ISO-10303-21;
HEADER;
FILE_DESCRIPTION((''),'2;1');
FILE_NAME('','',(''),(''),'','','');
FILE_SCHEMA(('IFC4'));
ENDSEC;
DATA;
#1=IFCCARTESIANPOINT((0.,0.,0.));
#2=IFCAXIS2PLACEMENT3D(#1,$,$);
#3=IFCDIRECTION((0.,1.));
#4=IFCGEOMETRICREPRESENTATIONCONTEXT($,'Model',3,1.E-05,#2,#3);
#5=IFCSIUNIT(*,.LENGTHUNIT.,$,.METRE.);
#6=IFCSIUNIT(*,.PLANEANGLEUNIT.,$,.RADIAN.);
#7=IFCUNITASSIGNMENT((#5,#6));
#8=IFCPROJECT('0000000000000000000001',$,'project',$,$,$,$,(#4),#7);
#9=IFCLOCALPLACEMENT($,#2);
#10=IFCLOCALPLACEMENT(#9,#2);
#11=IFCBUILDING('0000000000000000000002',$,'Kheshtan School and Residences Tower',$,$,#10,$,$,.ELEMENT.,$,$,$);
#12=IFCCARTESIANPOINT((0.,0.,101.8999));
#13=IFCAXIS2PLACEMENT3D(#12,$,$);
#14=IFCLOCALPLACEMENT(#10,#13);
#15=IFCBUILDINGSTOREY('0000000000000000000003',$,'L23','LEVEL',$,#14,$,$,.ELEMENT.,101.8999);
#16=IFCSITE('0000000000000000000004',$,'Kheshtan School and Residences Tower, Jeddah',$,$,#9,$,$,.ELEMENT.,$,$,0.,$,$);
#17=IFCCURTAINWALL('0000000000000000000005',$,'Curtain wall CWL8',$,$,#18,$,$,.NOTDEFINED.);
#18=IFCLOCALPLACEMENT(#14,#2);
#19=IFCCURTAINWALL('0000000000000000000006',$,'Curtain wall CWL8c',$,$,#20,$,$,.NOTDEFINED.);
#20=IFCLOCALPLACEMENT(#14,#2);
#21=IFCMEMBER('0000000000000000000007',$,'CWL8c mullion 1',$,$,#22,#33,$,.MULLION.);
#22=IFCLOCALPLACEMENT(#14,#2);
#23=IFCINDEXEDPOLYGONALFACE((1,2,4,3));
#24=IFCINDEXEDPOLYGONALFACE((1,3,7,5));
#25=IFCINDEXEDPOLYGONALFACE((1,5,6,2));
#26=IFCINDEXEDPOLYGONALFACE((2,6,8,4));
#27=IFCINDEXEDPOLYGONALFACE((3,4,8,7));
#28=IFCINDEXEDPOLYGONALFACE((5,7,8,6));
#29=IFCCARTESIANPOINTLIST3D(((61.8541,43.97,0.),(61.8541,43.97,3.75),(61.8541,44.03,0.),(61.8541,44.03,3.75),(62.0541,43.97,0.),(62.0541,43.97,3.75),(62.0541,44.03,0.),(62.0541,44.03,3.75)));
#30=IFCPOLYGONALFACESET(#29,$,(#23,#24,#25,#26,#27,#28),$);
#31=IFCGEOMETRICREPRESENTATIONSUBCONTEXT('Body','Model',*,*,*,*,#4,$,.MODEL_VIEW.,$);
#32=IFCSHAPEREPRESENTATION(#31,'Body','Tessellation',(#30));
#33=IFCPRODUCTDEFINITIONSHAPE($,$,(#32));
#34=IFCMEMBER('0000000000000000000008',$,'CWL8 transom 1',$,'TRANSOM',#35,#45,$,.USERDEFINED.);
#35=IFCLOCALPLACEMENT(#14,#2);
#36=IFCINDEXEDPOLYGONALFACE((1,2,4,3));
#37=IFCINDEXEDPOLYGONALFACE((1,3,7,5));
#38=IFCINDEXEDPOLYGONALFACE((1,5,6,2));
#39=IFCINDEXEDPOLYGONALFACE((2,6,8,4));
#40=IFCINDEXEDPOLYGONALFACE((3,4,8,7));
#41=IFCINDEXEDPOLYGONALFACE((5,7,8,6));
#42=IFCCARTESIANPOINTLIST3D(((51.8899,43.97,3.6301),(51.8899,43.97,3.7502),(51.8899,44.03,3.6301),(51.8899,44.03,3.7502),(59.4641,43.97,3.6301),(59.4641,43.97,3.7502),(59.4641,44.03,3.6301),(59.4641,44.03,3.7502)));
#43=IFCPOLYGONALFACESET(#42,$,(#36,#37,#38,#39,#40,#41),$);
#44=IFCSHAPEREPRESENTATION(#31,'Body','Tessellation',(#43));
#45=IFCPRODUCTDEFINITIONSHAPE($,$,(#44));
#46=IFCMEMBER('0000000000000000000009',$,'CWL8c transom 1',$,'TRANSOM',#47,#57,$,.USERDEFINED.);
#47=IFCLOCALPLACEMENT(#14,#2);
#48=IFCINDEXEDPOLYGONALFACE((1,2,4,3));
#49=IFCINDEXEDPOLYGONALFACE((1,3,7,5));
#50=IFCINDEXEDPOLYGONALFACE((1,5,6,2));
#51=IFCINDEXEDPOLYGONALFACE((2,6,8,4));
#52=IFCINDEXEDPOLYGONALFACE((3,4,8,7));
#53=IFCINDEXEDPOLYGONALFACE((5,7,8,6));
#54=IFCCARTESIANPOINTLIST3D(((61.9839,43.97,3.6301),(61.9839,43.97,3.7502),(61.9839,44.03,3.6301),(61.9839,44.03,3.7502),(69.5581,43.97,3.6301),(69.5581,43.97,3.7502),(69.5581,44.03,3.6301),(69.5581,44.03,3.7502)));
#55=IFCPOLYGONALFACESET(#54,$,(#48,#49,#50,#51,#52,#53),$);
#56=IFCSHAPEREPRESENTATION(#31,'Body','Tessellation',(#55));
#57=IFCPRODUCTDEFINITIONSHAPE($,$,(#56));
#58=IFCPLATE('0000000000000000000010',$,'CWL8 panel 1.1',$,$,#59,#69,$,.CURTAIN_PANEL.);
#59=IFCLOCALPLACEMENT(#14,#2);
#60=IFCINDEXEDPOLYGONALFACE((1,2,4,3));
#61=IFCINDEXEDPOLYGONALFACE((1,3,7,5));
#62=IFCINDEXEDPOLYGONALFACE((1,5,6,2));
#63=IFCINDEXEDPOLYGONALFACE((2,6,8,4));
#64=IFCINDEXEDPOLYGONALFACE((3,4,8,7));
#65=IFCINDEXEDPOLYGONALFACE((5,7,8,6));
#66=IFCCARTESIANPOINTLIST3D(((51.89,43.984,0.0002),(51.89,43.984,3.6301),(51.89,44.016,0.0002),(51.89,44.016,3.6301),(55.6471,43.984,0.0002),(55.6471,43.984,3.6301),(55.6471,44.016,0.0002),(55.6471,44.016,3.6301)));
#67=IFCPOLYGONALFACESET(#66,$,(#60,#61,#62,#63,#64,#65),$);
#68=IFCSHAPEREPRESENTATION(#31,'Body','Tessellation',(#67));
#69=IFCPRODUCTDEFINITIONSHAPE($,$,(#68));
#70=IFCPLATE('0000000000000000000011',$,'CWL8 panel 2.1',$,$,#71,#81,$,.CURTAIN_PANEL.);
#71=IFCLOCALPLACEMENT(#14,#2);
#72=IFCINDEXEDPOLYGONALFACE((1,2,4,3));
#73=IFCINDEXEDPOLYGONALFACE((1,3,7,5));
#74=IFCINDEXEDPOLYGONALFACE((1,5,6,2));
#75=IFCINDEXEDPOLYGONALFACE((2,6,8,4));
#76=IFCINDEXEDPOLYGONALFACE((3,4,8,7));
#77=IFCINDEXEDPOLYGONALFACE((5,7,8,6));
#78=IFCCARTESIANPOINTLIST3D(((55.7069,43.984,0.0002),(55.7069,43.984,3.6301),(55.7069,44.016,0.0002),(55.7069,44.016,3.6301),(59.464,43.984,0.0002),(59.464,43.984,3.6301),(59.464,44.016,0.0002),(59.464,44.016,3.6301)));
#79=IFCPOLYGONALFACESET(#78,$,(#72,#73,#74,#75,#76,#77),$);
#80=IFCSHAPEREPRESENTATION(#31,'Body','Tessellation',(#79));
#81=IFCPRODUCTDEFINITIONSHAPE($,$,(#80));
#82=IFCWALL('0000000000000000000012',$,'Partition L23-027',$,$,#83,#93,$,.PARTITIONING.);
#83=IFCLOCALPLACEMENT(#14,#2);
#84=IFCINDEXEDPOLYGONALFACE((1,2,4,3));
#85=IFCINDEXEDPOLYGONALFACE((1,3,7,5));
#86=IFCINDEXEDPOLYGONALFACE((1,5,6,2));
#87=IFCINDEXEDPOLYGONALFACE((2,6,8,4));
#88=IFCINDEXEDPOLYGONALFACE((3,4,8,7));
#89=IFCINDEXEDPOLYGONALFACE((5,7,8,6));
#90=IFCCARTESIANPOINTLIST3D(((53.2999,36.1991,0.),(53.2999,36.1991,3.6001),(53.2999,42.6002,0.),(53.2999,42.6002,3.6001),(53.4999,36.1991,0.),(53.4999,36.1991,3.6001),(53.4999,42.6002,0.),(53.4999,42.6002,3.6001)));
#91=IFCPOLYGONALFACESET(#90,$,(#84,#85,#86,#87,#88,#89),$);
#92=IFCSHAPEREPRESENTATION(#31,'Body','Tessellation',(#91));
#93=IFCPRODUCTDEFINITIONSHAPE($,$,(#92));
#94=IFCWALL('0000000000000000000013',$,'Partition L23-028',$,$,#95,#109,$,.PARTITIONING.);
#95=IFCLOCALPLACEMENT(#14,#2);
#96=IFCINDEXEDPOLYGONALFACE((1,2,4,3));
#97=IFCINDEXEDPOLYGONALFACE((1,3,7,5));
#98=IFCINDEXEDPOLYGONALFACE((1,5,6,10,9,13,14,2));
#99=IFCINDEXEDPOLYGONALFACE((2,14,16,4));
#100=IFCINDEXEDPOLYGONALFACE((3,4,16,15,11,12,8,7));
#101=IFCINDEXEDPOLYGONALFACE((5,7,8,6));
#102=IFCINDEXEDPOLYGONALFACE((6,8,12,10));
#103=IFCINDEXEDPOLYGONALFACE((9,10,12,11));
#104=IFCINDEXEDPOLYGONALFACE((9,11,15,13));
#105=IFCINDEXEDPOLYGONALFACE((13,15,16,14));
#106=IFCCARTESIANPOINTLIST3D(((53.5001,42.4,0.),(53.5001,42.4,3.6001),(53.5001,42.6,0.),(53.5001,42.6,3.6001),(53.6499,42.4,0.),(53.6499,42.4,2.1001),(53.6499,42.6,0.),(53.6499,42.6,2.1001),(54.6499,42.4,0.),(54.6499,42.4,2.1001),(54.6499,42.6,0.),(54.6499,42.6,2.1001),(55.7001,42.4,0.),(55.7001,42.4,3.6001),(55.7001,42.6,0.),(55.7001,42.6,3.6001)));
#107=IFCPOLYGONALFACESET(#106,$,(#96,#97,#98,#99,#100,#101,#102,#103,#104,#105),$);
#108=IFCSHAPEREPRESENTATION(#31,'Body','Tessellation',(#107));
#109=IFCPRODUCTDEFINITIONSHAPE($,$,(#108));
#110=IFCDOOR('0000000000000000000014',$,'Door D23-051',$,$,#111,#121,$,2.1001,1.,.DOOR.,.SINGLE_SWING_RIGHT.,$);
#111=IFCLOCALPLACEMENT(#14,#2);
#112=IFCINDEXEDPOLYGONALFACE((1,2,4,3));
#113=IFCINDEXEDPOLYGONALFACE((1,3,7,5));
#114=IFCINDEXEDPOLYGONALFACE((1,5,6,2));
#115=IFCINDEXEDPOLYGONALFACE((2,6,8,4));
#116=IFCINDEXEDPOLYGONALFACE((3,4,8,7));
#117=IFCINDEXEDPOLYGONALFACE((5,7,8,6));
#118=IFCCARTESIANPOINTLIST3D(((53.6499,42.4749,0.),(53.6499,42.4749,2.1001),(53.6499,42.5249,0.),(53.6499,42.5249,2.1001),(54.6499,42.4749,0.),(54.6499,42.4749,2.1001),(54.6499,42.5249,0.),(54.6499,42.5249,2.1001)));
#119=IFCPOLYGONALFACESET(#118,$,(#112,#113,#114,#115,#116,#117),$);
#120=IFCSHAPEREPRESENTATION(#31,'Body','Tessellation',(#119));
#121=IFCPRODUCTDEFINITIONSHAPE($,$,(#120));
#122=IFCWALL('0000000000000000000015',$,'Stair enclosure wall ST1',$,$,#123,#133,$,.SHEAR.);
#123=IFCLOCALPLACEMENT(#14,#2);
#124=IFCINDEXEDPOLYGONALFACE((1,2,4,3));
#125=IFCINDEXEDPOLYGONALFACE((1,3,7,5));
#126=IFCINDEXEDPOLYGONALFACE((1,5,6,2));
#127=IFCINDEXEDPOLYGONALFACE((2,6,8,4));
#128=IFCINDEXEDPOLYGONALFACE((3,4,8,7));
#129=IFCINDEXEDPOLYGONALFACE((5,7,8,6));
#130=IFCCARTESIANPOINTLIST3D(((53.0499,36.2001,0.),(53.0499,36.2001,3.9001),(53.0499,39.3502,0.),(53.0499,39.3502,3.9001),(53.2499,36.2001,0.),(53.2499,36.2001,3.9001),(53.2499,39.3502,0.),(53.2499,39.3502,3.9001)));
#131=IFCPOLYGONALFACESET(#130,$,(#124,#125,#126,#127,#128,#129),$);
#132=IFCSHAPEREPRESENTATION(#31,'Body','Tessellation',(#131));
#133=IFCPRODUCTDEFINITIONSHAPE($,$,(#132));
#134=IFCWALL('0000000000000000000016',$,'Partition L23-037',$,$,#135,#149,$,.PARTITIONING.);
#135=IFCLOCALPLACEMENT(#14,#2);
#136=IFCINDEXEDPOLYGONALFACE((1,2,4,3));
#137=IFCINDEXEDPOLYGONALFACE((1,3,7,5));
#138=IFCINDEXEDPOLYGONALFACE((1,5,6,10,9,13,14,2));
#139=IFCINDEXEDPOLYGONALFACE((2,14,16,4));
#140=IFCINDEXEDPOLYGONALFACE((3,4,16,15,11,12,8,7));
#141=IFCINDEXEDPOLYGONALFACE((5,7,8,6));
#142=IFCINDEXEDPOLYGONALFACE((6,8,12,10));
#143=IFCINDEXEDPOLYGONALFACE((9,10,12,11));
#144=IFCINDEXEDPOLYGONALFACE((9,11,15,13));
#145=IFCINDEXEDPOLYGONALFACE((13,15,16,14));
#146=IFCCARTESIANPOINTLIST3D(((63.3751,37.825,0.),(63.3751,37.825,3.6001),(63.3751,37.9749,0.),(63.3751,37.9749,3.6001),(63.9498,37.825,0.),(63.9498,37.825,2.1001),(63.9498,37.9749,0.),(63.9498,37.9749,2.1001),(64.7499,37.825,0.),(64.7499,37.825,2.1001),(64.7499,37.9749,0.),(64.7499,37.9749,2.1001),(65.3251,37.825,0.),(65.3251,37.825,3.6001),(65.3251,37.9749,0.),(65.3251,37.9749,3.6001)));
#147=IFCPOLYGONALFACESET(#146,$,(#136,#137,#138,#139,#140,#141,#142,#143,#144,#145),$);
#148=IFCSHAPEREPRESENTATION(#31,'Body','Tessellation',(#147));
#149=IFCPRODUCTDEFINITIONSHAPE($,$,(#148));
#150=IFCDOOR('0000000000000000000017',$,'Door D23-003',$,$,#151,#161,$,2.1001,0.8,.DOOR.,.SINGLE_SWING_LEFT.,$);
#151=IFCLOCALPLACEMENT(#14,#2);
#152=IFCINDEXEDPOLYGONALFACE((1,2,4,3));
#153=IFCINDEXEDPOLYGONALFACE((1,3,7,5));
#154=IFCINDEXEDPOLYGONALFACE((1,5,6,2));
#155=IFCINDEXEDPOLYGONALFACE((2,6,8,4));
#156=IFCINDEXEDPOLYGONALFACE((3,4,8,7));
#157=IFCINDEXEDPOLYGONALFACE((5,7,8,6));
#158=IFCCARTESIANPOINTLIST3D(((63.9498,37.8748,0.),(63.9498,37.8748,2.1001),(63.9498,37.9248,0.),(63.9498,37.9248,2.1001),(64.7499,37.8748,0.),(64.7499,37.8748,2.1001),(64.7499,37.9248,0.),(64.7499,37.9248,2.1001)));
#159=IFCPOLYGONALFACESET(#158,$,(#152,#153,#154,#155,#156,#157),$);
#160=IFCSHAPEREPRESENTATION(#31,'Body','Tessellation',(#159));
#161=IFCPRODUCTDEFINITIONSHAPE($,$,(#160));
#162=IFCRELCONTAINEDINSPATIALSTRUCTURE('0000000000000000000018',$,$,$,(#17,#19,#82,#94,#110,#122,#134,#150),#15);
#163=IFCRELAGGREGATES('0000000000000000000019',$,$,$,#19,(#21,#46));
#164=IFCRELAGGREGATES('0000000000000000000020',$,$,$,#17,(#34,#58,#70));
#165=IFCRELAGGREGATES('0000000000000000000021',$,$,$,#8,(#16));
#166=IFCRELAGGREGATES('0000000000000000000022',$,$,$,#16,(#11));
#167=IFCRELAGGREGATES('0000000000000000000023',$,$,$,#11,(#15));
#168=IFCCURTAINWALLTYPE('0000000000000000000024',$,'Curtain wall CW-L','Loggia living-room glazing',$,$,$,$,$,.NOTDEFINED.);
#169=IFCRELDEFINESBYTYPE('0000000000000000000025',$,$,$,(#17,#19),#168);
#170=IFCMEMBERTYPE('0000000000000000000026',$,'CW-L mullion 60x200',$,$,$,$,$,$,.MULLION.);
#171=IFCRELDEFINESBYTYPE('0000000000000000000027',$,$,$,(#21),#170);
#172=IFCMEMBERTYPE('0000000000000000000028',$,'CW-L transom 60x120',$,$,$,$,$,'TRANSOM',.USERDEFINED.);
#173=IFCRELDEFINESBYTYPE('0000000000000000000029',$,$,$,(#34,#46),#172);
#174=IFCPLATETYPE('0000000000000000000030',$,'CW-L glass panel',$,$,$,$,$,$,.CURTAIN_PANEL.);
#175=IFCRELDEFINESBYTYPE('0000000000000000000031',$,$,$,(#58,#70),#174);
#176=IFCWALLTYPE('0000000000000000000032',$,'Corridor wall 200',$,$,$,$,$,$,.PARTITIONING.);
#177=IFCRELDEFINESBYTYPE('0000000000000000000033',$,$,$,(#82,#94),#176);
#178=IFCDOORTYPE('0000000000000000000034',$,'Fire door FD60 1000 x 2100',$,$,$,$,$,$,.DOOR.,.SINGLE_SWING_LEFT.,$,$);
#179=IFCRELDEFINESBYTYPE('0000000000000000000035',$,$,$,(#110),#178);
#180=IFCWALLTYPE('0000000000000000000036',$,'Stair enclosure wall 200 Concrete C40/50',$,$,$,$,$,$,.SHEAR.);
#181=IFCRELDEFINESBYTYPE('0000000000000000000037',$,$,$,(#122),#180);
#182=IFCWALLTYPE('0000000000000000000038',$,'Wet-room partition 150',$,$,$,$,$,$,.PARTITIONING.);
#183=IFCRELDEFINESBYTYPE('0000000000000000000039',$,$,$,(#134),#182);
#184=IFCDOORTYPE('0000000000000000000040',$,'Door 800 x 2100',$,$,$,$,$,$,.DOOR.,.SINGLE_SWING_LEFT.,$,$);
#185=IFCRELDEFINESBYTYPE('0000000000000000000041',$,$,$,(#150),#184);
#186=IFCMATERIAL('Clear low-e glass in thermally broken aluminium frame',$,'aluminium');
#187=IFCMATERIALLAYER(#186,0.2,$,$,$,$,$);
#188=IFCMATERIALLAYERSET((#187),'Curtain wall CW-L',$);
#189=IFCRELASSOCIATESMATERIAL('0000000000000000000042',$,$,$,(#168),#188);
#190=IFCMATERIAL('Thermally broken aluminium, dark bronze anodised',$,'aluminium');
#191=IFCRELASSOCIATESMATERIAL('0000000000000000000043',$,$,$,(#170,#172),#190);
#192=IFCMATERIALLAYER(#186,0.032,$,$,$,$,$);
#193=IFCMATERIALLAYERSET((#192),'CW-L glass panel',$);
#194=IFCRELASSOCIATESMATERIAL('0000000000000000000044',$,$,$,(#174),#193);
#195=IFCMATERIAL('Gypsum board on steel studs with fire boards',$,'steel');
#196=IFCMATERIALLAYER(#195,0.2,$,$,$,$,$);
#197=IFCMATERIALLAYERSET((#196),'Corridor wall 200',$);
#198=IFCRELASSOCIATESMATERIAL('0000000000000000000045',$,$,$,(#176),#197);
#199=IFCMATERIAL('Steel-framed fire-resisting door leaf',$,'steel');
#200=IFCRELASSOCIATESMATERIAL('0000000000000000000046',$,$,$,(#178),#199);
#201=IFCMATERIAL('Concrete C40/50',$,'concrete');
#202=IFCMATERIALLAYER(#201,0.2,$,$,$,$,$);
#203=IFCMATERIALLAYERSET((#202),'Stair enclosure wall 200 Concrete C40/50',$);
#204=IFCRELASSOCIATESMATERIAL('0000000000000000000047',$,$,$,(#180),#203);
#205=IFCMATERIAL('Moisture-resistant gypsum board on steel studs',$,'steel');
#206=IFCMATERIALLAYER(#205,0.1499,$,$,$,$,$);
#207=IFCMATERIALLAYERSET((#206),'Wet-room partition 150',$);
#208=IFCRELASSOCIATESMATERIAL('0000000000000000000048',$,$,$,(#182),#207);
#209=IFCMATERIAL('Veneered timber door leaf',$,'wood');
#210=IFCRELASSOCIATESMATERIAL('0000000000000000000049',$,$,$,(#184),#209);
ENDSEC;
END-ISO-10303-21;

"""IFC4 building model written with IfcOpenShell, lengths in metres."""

from ifc_helpers import new_model, si_unit, direction, frame, frame_2d, origin, origin_2d, place, context, subcontext, project, spatial, rectangle, extrude, source, transform, mapped, material, layer, layer_set, material_profile, profile_set, type_object, element, fill, aggregate, save


model = new_model("IFC4")

# Units and contexts
model_context = context("Model", 3, precision=1e-05, world=origin(), true_north=direction((0.0, 1.0)))
body_context = subcontext(model_context, "Body", "Model", "MODEL_VIEW")
ifc_project = project(units=[si_unit("LENGTHUNIT", "METRE"), si_unit("PLANEANGLEUNIT", "RADIAN")], contexts=[model_context])

# Site, building, storey
site_placement = place(None, origin())
site = spatial("IfcSite", under=ifc_project, at=site_placement, Name="Kheshtan School and Residences Tower, Jeddah", CompositionType="ELEMENT", RefElevation=0.0)
building_placement = place(site_placement, origin())
building = spatial("IfcBuilding", under=site, at=building_placement, Name="Kheshtan School and Residences Tower", CompositionType="ELEMENT")
storey_placement = place(building_placement, frame((0.0, 0.0, 101.8999)))
storey = spatial("IfcBuildingStorey", under=building, at=storey_placement, Name="L23", Description="LEVEL", CompositionType="ELEMENT", Elevation=101.8999)

# Curtain wall
ifc_material_1 = material(Name="Clear low-e glass in thermally broken aluminium frame", Category="aluminium")
ifc_layer_1 = layer(ifc_material_1, 0.2)
ifc_layer_set_1 = layer_set([ifc_layer_1], Name="Curtain wall CW-L")
curtain_wall_type = type_object("IfcCurtainWallType", Name="Curtain wall CW-L", Description="Loggia living-room glazing", PredefinedType="NOTDEFINED", material=ifc_layer_set_1)
curtain_wall_1_placement = place(storey_placement, origin())
curtain_wall_1 = element("IfcCurtainWall", 1, at=curtain_wall_1_placement, inside=storey, type_object=curtain_wall_type, Name="Curtain wall CWL8", PredefinedType="NOTDEFINED")
ifc_material_2 = material(Name="Thermally broken aluminium, dark bronze anodised", Category="aluminium")
ifc_material_profile_1 = material_profile(ifc_material_2, rectangle(XDim=0.0601, YDim=0.2, at=origin_2d()), Name="CW-L mullion 60x200")
ifc_profile_set_1 = profile_set([ifc_material_profile_1], Name="Thermally broken aluminium, dark bronze anodised")
member_type_1 = type_object("IfcMemberType", Name="CW-L mullion 60x200", PredefinedType="MULLION", material=ifc_profile_set_1)

# Curtain wall, member
curtain_wall_2_placement = place(storey_placement, origin())
curtain_wall_2 = element("IfcCurtainWall", 2, at=curtain_wall_2_placement, inside=storey, type_object=curtain_wall_type, Name="Curtain wall CWL8c", PredefinedType="NOTDEFINED")
member_1_placement = place(storey_placement, frame((61.9541, 44.0, 0.0), z_axis=(0.0, 0.0, 1.0), x_axis=(0.0, 1.0, 0.0)))
member_1 = element("IfcMember", 3, at=member_1_placement, type_object=member_type_1, Name="CWL8c mullion 1", PredefinedType="MULLION", context=body_context, shape_type="SweptSolid", body=[
    extrude(rectangle(XDim=0.0601, YDim=0.2, at=origin_2d()), origin(), (0.0, 0.0, 1.0), 3.75),
])

# Members
ifc_material_profile_2 = material_profile(ifc_material_2, rectangle(XDim=0.0601, YDim=0.1201, at=origin_2d()), Name="CW-L transom 60x120")
ifc_profile_set_2 = profile_set([ifc_material_profile_2], Name="Thermally broken aluminium, dark bronze anodised")
member_type_2 = type_object("IfcMemberType", Name="CW-L transom 60x120", ElementType="TRANSOM", PredefinedType="USERDEFINED", material=ifc_profile_set_2)
member_2_placement = place(storey_placement, frame((51.8899, 44.0, 3.6902), z_axis=(1.0, 0.0, 0.0), x_axis=(0.0, 1.0, 0.0)))
member_2 = element("IfcMember", 4, at=member_2_placement, type_object=member_type_2, Name="CWL8 transom 1", ObjectType="TRANSOM", PredefinedType="USERDEFINED", context=body_context, shape_type="SweptSolid", body=[
    extrude(rectangle(XDim=0.0601, YDim=0.1201, at=origin_2d()), origin(), (0.0, 0.0, 1.0), 7.5742),
])
member_3_placement = place(storey_placement, frame((61.9839, 44.0, 3.6902), z_axis=(1.0, 0.0, 0.0), x_axis=(0.0, 1.0, 0.0)))
member_3 = element("IfcMember", 5, at=member_3_placement, type_object=member_type_2, Name="CWL8c transom 1", ObjectType="TRANSOM", PredefinedType="USERDEFINED", context=body_context, shape_type="SweptSolid", body=[
    extrude(rectangle(XDim=0.0601, YDim=0.1201, at=origin_2d()), origin(), (0.0, 0.0, 1.0), 7.5742),
])
aggregate(curtain_wall_2, [member_1, member_3])

# Plates
ifc_layer_2 = layer(ifc_material_1, 0.032)
ifc_layer_set_2 = layer_set([ifc_layer_2], Name="CW-L glass panel")
plate_type = type_object("IfcPlateType", Name="CW-L glass panel", PredefinedType="CURTAIN_PANEL", material=ifc_layer_set_2)
plate_1_placement = place(storey_placement, frame((53.7686, 44.0, 0.0002), z_axis=(0.0, 0.0, 1.0), x_axis=(1.0, 0.0, 0.0)))
plate_1 = element("IfcPlate", 6, at=plate_1_placement, type_object=plate_type, Name="CWL8 panel 1.1", PredefinedType="CURTAIN_PANEL", context=body_context, shape_type="SweptSolid", body=[
    extrude(rectangle(XDim=3.7571, YDim=0.032, at=origin_2d()), origin(), (0.0, 0.0, 1.0), 3.6299),
])
plate_2_placement = place(storey_placement, frame((57.5854, 44.0, 0.0002), z_axis=(0.0, 0.0, 1.0), x_axis=(1.0, 0.0, 0.0)))
plate_2 = element("IfcPlate", 7, at=plate_2_placement, type_object=plate_type, Name="CWL8 panel 2.1", PredefinedType="CURTAIN_PANEL", context=body_context, shape_type="SweptSolid", body=[
    extrude(rectangle(XDim=3.7571, YDim=0.032, at=origin_2d()), origin(), (0.0, 0.0, 1.0), 3.6299),
])
aggregate(curtain_wall_1, [member_2, plate_1, plate_2])

# Wall
ifc_material_3 = material(Name="Gypsum board on steel studs with fire boards", Category="steel")
ifc_layer_3 = layer(ifc_material_3, 0.2)
ifc_layer_set_3 = layer_set([ifc_layer_3], Name="Corridor wall 200")
wall_type_1 = type_object("IfcWallType", Name="Corridor wall 200", PredefinedType="PARTITIONING", material=ifc_layer_set_3)
wall_1_placement = place(storey_placement, frame((53.3999, 36.199, 0.0), z_axis=(0.0, 0.0, 1.0), x_axis=(0.0, 1.0, 0.0)))
element("IfcWall", 8, at=wall_1_placement, inside=storey, type_object=wall_type_1, Name="Partition L23-027", PredefinedType="PARTITIONING", context=body_context, shape_type="SweptSolid", body=[
    extrude(rectangle(XDim=6.4011, YDim=0.2, at=frame_2d((3.2007, 0.0))), origin(), (0.0, 0.0, 1.0), 3.6001),
])

# Wall, opening, door
wall_2_placement = place(storey_placement, frame((53.5, 42.5, 0.0), z_axis=(0.0, 0.0, 1.0), x_axis=(1.0, 0.0, 0.0)))
wall_2 = element("IfcWall", 9, at=wall_2_placement, inside=storey, type_object=wall_type_1, Name="Partition L23-028", PredefinedType="PARTITIONING", context=body_context, shape_type="SweptSolid", body=[
    extrude(rectangle(XDim=2.2, YDim=0.2, at=frame_2d((1.1001, 0.0))), origin(), (0.0, 0.0, 1.0), 3.6001),
])
opening_1_placement = place(wall_2_placement, frame((0.1499, 0.0, 0.0)))
opening_1 = element("IfcOpeningElement", 10, at=opening_1_placement, cuts=wall_2, PredefinedType="OPENING", context=body_context, shape_type="SweptSolid", body=[
    extrude(rectangle(XDim=1.0, YDim=2.1001, at=frame_2d((0.5, 1.05))), frame((0.0, 0.1099, 0.0), z_axis=(0.0, -1.0, 0.0), x_axis=(1.0, 0.0, 0.0)), (0.0, 0.0, 1.0), 0.22),
])
ifc_material_4 = material(Name="Steel-framed fire-resisting door leaf", Category="steel")
door_type_1 = type_object("IfcDoorType", Name="Fire door FD60 1000 x 2100", OperationType="SINGLE_SWING_LEFT", PredefinedType="DOOR", material=ifc_material_4)
shared_shape_1 = source(origin(), body_context, "Body", "SweptSolid", [
    extrude(rectangle(XDim=1.0, YDim=2.1001, at=frame_2d((0.5, 1.05))), frame((0.0, 0.0249, 0.0), z_axis=(0.0, -1.0, 0.0), x_axis=(1.0, 0.0, 0.0)), (0.0, 0.0, 1.0), 0.05),
])
door_1_placement = place(opening_1_placement, origin())
door_1 = element("IfcDoor", 11, at=door_1_placement, inside=storey, type_object=door_type_1, Name="Door D23-051", OperationType="SINGLE_SWING_RIGHT", OverallHeight=2.1001, OverallWidth=1.0, PredefinedType="DOOR", context=body_context, shape_type="MappedRepresentation", body=[
    mapped(shared_shape_1, transform((0.0, 0.0, 0.0), x_axis=(1.0, 0.0, 0.0), y_axis=(0.0, 1.0, 0.0), z_axis=(0.0, 0.0, 1.0), scale=1.0)),
])
fill(opening_1, door_1)

# Wall
ifc_material_5 = material(Name="Concrete C40/50", Category="concrete")
ifc_layer_4 = layer(ifc_material_5, 0.2)
ifc_layer_set_4 = layer_set([ifc_layer_4], Name="Stair enclosure wall 200 Concrete C40/50")
wall_type_2 = type_object("IfcWallType", Name="Stair enclosure wall 200 Concrete C40/50", PredefinedType="SHEAR", material=ifc_layer_set_4)
wall_3_placement = place(storey_placement, frame((53.1499, 36.2, 0.0), z_axis=(0.0, 0.0, 1.0), x_axis=(0.0, 1.0, 0.0)))
element("IfcWall", 12, at=wall_3_placement, inside=storey, type_object=wall_type_2, Name="Stair enclosure wall ST1", PredefinedType="SHEAR", context=body_context, shape_type="SweptSolid", body=[
    extrude(rectangle(XDim=3.1501, YDim=0.2, at=frame_2d((1.5752, 0.0))), origin(), (0.0, 0.0, 1.0), 3.9001),
])

# Wall, opening, door
ifc_material_6 = material(Name="Moisture-resistant gypsum board on steel studs", Category="steel")
ifc_layer_5 = layer(ifc_material_6, 0.1499)
ifc_layer_set_5 = layer_set([ifc_layer_5], Name="Wet-room partition 150")
wall_type_3 = type_object("IfcWallType", Name="Wet-room partition 150", PredefinedType="PARTITIONING", material=ifc_layer_set_5)
wall_4_placement = place(storey_placement, frame((63.375, 37.8999, 0.0), z_axis=(0.0, 0.0, 1.0), x_axis=(1.0, 0.0, 0.0)))
wall_4 = element("IfcWall", 13, at=wall_4_placement, inside=storey, type_object=wall_type_3, Name="Partition L23-037", PredefinedType="PARTITIONING", context=body_context, shape_type="SweptSolid", body=[
    extrude(rectangle(XDim=1.95, YDim=0.1499, at=frame_2d((0.9751, 0.0))), origin(), (0.0, 0.0, 1.0), 3.6001),
])
opening_2_placement = place(wall_4_placement, frame((0.575, 0.0, 0.0)))
opening_2 = element("IfcOpeningElement", 14, at=opening_2_placement, cuts=wall_4, PredefinedType="OPENING", context=body_context, shape_type="SweptSolid", body=[
    extrude(rectangle(XDim=0.8, YDim=2.1001, at=frame_2d((0.3999, 1.05))), frame((0.0, 0.085, 0.0), z_axis=(0.0, -1.0, 0.0), x_axis=(1.0, 0.0, 0.0)), (0.0, 0.0, 1.0), 0.1699),
])
ifc_material_7 = material(Name="Veneered timber door leaf", Category="wood")
door_type_2 = type_object("IfcDoorType", Name="Door 800 x 2100", OperationType="SINGLE_SWING_LEFT", PredefinedType="DOOR", material=ifc_material_7)
shared_shape_2 = source(origin(), body_context, "Body", "SweptSolid", [
    extrude(rectangle(XDim=0.8, YDim=2.1001, at=frame_2d((0.3999, 1.05))), frame((0.0, 0.0249, 0.0), z_axis=(0.0, -1.0, 0.0), x_axis=(1.0, 0.0, 0.0)), (0.0, 0.0, 1.0), 0.05),
])
door_2_placement = place(opening_2_placement, origin())
door_2 = element("IfcDoor", 15, at=door_2_placement, inside=storey, type_object=door_type_2, Name="Door D23-003", OperationType="SINGLE_SWING_LEFT", OverallHeight=2.1001, OverallWidth=0.8, PredefinedType="DOOR", context=body_context, shape_type="MappedRepresentation", body=[
    mapped(shared_shape_2, transform((0.0, 0.0, 0.0), x_axis=(1.0, 0.0, 0.0), y_axis=(0.0, 1.0, 0.0), z_axis=(0.0, 0.0, 1.0), scale=1.0)),
])
fill(opening_2, door_2)

save(model, "model.ifc")
